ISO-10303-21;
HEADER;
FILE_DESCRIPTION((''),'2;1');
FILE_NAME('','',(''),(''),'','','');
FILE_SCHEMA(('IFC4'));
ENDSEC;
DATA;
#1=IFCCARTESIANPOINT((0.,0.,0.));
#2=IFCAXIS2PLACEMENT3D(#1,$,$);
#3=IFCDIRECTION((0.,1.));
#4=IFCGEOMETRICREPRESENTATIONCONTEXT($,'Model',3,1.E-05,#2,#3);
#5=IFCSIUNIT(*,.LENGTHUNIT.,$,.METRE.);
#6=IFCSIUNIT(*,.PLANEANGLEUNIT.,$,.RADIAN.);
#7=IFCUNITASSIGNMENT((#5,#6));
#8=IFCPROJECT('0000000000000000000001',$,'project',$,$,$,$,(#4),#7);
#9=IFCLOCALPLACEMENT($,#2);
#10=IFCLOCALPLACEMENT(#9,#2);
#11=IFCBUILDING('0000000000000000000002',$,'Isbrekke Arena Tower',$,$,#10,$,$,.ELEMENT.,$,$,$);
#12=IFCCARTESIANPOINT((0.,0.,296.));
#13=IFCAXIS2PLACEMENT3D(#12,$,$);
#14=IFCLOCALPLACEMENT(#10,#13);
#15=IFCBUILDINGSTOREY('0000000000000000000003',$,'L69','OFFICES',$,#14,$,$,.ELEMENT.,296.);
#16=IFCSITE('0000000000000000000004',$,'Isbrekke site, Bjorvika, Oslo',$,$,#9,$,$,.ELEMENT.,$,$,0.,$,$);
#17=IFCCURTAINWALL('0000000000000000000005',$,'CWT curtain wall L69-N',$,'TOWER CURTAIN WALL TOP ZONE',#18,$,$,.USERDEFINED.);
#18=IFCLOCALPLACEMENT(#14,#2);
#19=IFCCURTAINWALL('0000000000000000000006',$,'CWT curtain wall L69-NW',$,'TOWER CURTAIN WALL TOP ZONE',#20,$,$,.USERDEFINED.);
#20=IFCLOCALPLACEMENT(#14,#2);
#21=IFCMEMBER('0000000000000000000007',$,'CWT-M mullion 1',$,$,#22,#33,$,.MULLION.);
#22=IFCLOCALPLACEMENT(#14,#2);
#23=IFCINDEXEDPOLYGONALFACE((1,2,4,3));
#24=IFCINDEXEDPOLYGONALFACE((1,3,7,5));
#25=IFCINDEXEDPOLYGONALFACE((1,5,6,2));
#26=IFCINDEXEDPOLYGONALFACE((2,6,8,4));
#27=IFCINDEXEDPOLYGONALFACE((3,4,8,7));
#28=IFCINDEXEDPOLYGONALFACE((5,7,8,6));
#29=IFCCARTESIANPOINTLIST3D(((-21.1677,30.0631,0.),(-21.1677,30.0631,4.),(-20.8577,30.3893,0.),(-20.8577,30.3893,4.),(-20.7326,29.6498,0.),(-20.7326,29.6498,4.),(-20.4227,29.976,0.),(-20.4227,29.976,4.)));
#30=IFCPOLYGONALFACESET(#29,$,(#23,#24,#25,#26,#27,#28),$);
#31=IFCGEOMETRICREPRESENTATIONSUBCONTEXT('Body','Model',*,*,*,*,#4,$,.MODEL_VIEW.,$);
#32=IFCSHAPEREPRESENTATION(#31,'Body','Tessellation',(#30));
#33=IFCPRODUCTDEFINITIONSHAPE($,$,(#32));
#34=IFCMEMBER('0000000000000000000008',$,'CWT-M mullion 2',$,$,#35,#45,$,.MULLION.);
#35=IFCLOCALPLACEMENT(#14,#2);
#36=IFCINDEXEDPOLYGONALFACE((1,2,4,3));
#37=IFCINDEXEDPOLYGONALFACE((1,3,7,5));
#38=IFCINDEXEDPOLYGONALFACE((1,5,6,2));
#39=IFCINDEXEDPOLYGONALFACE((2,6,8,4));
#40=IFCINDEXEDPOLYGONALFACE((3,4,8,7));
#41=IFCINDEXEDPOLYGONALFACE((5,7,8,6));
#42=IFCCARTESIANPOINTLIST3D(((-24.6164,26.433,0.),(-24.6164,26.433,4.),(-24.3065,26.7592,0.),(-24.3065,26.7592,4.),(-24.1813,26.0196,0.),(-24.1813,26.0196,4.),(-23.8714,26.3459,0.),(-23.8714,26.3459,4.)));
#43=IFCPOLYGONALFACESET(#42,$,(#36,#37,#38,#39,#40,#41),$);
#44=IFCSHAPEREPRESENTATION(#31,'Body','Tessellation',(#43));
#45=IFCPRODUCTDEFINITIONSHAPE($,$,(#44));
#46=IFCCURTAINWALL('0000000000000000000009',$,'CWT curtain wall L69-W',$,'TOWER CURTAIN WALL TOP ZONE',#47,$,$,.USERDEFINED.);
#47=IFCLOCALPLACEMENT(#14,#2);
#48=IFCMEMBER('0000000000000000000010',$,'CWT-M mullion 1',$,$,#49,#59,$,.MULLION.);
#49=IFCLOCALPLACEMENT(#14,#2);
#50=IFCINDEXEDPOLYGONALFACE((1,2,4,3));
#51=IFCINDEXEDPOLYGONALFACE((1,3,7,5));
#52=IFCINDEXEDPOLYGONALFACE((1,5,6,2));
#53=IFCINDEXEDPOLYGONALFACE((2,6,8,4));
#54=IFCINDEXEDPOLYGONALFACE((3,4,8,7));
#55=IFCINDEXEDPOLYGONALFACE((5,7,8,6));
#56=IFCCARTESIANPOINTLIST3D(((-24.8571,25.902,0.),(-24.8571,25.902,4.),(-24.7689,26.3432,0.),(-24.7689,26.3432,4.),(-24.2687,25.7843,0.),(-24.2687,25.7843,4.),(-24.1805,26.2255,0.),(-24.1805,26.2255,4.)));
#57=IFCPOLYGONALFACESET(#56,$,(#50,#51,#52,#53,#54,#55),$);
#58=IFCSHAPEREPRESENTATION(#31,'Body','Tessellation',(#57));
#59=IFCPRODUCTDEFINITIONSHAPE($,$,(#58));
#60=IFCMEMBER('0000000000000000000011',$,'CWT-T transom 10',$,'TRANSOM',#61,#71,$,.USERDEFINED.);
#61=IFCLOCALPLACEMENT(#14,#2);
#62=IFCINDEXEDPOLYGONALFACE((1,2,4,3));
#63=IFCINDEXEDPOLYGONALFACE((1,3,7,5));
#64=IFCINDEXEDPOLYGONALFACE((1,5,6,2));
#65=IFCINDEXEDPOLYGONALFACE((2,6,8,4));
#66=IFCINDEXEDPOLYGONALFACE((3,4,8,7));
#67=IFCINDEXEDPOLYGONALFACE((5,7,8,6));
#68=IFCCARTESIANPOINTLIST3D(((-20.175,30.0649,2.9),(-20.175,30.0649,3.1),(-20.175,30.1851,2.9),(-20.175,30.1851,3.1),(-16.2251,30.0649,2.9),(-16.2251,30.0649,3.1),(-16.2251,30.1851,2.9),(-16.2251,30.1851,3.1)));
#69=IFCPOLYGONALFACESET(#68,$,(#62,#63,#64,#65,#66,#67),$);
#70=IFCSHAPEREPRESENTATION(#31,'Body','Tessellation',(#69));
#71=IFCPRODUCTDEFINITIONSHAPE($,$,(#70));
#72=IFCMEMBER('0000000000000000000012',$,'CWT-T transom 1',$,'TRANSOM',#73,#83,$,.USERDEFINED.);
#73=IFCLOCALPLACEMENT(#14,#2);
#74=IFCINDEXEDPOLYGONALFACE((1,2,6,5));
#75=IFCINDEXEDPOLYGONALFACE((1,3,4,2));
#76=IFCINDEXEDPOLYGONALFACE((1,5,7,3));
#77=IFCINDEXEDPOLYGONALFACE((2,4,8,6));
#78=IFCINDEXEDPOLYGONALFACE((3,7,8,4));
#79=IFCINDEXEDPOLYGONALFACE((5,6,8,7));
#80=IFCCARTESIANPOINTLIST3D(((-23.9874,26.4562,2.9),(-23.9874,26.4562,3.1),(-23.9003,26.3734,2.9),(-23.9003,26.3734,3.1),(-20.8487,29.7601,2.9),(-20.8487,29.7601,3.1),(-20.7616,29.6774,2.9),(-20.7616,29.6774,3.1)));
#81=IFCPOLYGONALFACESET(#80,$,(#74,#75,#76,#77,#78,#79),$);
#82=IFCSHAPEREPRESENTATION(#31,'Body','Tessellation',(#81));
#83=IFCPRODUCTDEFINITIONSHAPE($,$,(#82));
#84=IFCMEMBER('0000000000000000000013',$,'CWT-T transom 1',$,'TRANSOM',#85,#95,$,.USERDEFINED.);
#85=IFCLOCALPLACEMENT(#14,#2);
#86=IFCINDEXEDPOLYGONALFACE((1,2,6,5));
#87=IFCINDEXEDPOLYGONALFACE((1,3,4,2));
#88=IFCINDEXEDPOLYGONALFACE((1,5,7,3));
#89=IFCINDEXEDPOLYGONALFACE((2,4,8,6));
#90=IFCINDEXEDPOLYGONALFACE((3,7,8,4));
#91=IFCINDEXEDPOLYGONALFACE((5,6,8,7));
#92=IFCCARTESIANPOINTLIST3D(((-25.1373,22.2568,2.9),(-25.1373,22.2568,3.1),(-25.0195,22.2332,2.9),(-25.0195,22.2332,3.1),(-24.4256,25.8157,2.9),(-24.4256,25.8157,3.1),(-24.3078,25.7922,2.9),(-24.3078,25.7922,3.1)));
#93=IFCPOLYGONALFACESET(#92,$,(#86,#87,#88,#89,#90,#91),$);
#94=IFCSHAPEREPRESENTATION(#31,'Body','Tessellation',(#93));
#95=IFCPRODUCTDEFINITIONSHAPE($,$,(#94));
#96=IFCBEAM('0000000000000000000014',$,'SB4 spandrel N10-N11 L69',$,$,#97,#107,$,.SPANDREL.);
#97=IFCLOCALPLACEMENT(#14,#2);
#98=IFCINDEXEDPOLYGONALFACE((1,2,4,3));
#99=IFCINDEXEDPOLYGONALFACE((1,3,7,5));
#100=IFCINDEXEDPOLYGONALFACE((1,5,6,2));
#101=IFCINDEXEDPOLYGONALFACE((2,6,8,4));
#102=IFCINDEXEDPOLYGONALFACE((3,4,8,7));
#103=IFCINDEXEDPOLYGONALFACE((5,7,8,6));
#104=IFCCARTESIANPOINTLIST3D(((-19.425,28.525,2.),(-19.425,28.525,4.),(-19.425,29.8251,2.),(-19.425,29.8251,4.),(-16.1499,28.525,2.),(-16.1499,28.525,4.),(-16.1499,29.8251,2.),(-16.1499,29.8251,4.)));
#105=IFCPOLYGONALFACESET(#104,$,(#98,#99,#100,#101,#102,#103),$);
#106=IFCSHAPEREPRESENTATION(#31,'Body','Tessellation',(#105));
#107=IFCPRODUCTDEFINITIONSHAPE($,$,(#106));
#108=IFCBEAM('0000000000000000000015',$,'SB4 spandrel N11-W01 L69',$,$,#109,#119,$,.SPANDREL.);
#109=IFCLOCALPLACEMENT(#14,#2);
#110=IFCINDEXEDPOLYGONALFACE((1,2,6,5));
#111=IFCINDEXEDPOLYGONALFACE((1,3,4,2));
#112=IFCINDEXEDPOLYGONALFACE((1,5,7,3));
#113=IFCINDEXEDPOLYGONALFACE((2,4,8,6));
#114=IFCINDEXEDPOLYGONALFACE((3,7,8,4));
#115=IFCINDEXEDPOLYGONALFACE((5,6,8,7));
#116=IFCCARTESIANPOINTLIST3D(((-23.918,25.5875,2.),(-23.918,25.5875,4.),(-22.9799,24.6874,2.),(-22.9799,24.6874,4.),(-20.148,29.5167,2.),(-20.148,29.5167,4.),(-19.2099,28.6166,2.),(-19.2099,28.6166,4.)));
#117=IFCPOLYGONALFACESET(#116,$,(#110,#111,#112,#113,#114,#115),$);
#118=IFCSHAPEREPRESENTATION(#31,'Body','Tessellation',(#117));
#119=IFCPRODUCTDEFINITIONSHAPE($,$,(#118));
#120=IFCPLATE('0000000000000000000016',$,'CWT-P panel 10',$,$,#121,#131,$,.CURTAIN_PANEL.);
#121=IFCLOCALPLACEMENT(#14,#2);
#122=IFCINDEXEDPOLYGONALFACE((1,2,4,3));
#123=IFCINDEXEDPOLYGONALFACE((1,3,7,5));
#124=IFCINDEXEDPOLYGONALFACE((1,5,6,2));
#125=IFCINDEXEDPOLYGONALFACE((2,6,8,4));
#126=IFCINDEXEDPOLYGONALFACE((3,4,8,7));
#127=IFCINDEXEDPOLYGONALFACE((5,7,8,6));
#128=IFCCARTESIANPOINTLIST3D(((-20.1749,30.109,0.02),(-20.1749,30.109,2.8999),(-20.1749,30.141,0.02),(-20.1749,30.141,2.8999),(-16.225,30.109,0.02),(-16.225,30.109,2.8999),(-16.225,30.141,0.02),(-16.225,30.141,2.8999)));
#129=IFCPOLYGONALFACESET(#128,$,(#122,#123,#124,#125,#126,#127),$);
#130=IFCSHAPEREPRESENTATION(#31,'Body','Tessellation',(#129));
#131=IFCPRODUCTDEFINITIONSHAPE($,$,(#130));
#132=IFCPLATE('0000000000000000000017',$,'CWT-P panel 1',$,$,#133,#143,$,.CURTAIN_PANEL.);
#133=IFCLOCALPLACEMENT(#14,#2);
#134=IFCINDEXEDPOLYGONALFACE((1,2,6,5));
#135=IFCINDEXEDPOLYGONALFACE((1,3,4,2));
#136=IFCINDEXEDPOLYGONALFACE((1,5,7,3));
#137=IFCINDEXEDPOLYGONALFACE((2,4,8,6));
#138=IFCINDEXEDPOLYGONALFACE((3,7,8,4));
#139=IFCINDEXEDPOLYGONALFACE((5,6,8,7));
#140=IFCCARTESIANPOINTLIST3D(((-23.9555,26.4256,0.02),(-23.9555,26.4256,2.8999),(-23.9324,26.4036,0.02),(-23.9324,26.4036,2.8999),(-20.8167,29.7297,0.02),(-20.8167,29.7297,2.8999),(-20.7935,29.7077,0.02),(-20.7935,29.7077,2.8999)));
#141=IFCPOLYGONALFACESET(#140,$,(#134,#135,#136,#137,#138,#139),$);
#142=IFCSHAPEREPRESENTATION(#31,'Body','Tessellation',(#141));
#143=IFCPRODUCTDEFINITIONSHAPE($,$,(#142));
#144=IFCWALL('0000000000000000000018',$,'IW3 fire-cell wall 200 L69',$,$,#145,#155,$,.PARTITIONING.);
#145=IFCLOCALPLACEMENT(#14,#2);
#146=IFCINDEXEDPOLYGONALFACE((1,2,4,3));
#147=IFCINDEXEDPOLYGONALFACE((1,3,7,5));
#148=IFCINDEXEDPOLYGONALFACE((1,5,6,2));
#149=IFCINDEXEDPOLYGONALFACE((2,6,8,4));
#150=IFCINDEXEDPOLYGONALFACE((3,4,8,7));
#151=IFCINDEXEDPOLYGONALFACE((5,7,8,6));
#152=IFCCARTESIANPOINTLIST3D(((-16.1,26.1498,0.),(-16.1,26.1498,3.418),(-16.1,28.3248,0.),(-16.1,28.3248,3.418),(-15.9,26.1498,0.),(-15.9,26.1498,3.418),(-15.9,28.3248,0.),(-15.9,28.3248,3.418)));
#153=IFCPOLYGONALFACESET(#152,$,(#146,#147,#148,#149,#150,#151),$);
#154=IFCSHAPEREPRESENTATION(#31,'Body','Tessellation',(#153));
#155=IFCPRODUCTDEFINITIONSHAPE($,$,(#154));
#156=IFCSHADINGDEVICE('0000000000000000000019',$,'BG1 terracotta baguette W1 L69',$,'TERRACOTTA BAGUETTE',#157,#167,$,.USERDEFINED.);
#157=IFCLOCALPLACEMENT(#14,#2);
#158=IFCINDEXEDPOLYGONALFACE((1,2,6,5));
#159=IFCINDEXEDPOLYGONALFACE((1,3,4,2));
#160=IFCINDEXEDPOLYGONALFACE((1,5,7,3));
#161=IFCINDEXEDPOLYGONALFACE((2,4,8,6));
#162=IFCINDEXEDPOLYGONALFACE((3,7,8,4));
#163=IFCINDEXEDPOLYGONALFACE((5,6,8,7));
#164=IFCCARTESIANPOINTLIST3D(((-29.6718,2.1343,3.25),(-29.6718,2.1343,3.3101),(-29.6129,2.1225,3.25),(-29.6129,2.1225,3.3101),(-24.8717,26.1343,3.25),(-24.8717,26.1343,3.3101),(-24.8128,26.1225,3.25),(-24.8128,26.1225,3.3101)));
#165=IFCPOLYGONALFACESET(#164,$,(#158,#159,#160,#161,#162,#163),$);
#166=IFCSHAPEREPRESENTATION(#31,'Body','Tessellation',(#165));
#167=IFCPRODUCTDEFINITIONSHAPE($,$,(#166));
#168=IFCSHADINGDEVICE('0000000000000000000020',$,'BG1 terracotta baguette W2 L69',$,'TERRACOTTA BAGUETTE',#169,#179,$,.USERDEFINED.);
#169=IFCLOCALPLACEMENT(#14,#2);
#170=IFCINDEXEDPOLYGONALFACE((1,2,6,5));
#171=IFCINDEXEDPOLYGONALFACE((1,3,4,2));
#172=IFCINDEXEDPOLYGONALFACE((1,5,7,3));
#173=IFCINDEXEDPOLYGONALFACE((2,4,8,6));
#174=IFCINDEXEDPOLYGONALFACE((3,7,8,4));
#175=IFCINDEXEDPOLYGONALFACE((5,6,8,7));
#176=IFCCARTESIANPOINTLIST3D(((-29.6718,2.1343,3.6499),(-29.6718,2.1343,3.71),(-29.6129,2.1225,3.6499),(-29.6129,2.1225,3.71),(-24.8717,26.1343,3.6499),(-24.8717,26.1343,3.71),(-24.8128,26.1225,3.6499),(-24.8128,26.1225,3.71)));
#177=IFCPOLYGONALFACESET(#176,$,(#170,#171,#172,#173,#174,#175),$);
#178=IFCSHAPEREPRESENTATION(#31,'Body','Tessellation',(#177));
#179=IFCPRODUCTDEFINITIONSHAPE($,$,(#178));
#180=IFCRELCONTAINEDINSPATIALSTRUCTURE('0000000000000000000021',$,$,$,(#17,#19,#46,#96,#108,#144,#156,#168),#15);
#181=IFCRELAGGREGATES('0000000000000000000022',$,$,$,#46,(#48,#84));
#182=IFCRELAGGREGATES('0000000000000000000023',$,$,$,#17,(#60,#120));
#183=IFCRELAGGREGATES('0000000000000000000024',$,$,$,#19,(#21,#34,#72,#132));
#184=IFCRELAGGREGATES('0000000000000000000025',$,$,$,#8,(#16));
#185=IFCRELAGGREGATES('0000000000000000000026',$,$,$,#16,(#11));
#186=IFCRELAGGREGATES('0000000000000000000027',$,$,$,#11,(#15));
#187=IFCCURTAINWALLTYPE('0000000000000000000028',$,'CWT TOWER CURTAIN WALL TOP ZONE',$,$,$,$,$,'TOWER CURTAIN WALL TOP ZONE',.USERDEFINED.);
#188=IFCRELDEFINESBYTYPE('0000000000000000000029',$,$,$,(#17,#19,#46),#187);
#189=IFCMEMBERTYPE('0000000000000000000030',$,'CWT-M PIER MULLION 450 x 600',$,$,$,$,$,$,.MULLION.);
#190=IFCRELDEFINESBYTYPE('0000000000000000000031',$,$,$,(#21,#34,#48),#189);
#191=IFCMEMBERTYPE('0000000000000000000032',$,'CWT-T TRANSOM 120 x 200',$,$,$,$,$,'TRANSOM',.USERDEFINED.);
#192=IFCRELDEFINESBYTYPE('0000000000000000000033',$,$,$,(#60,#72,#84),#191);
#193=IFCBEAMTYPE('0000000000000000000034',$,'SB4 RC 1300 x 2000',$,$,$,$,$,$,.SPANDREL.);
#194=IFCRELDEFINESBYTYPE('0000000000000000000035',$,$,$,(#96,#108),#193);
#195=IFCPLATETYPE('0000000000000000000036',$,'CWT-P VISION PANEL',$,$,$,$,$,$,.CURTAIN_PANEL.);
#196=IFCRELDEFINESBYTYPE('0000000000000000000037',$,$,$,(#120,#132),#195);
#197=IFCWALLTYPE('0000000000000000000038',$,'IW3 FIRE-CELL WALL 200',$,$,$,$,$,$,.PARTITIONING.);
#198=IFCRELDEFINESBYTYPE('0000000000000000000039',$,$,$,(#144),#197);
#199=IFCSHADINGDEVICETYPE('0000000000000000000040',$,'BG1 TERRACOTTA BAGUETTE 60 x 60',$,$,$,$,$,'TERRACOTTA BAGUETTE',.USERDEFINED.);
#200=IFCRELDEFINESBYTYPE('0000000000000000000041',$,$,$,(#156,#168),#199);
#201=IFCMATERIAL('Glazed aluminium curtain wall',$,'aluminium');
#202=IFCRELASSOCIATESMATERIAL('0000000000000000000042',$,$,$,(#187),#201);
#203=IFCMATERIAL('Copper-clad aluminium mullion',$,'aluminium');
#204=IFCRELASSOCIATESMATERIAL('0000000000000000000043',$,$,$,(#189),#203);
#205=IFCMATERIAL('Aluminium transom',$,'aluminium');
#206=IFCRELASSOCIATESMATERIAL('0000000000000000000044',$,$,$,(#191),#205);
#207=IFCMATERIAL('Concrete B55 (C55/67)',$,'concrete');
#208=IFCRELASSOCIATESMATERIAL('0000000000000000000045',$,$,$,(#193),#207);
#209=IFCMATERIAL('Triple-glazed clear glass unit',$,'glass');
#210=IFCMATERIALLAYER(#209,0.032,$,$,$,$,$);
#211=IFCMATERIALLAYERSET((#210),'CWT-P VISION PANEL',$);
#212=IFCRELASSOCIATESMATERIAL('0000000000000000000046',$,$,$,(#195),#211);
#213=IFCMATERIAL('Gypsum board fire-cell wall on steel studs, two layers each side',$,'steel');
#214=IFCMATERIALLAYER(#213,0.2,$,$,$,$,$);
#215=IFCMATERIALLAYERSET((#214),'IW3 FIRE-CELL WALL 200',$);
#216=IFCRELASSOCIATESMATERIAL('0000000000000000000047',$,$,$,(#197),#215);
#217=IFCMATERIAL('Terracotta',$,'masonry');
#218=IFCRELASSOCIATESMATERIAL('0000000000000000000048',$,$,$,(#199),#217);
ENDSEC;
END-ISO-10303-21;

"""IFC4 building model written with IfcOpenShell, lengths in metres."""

from ifc_helpers import new_model, si_unit, direction, frame, frame_2d, origin, origin_2d, place, context, subcontext, project, spatial, rectangle, extrude, material, layer, layer_set, material_profile, profile_set, type_object, element, aggregate, save


model = new_model("IFC4")

# Units and contexts
model_context = context("Model", 3, precision=1e-05, world=origin(), true_north=direction((0.0, 1.0)))
body_context = subcontext(model_context, "Body", "Model", "MODEL_VIEW")
ifc_project = project(units=[si_unit("LENGTHUNIT", "METRE"), si_unit("PLANEANGLEUNIT", "RADIAN")], contexts=[model_context])

# Site, building, storey
site_placement = place(None, origin())
site = spatial("IfcSite", under=ifc_project, at=site_placement, Name="Isbrekke site, Bjorvika, Oslo", CompositionType="ELEMENT", RefElevation=0.0)
building_placement = place(site_placement, origin())
building = spatial("IfcBuilding", under=site, at=building_placement, Name="Isbrekke Arena Tower", CompositionType="ELEMENT")
storey_placement = place(building_placement, frame((0.0, 0.0, 296.0)))
storey = spatial("IfcBuildingStorey", under=building, at=storey_placement, Name="L69", Description="OFFICES", CompositionType="ELEMENT", Elevation=296.0)

# Curtain wall
ifc_material_1 = material(Name="Glazed aluminium curtain wall", Category="aluminium")
curtain_wall_type = type_object("IfcCurtainWallType", Name="CWT TOWER CURTAIN WALL TOP ZONE", ElementType="TOWER CURTAIN WALL TOP ZONE", PredefinedType="USERDEFINED", material=ifc_material_1)
curtain_wall_1_placement = place(storey_placement, origin())
curtain_wall_1 = element("IfcCurtainWall", 1, at=curtain_wall_1_placement, inside=storey, type_object=curtain_wall_type, Name="CWT curtain wall L69-N", ObjectType="TOWER CURTAIN WALL TOP ZONE", PredefinedType="USERDEFINED")
ifc_material_2 = material(Name="Copper-clad aluminium mullion", Category="aluminium")
ifc_material_profile_1 = material_profile(ifc_material_2, rectangle(XDim=0.45, YDim=0.6001, at=origin_2d()), Name="PIER 450X600")
ifc_profile_set_1 = profile_set([ifc_material_profile_1], Name="Copper-clad aluminium mullion")
member_type_1 = type_object("IfcMemberType", Name="CWT-M PIER MULLION 450 x 600", PredefinedType="MULLION", material=ifc_profile_set_1)

# Curtain wall, members
curtain_wall_2_placement = place(storey_placement, origin())
curtain_wall_2 = element("IfcCurtainWall", 2, at=curtain_wall_2_placement, inside=storey, type_object=curtain_wall_type, Name="CWT curtain wall L69-NW", ObjectType="TOWER CURTAIN WALL TOP ZONE", PredefinedType="USERDEFINED")
member_1_placement = place(storey_placement, frame((-20.7952, 30.0195, 0.0), z_axis=(0.0, 0.0, 1.0), x_axis=(-0.688749, -0.724999, 0.0)))
member_1 = element("IfcMember", 3, at=member_1_placement, type_object=member_type_1, Name="CWT-M mullion 1", PredefinedType="MULLION", context=body_context, shape_type="SweptSolid", body=[
    extrude(rectangle(XDim=0.45, YDim=0.6001, at=origin_2d()), origin(), (0.0, 0.0, 1.0), 4.0),
])
member_2_placement = place(storey_placement, frame((-24.2439, 26.3894, 0.0), z_axis=(0.0, 0.0, 1.0), x_axis=(-0.688749, -0.724999, 0.0)))
member_2 = element("IfcMember", 4, at=member_2_placement, type_object=member_type_1, Name="CWT-M mullion 2", PredefinedType="MULLION", context=body_context, shape_type="SweptSolid", body=[
    extrude(rectangle(XDim=0.45, YDim=0.6001, at=origin_2d()), origin(), (0.0, 0.0, 1.0), 4.0),
])

# Curtain wall, member
curtain_wall_3_placement = place(storey_placement, origin())
curtain_wall_3 = element("IfcCurtainWall", 5, at=curtain_wall_3_placement, inside=storey, type_object=curtain_wall_type, Name="CWT curtain wall L69-W", ObjectType="TOWER CURTAIN WALL TOP ZONE", PredefinedType="USERDEFINED")
member_3_placement = place(storey_placement, frame((-24.5188, 26.0637, 0.0), z_axis=(0.0, 0.0, 1.0), x_axis=(-0.196116, -0.980581, 0.0)))
member_3 = element("IfcMember", 6, at=member_3_placement, type_object=member_type_1, Name="CWT-M mullion 1", PredefinedType="MULLION", context=body_context, shape_type="SweptSolid", body=[
    extrude(rectangle(XDim=0.45, YDim=0.6001, at=origin_2d()), origin(), (0.0, 0.0, 1.0), 4.0),
])

# Members
ifc_material_3 = material(Name="Aluminium transom", Category="aluminium")
ifc_material_profile_2 = material_profile(ifc_material_3, rectangle(XDim=0.1201, YDim=0.2, at=origin_2d()), Name="TRANSOM 120X200")
ifc_profile_set_2 = profile_set([ifc_material_profile_2], Name="Aluminium transom")
member_type_2 = type_object("IfcMemberType", Name="CWT-T TRANSOM 120 x 200", ElementType="TRANSOM", PredefinedType="USERDEFINED", material=ifc_profile_set_2)
member_4_placement = place(storey_placement, frame((-16.2251, 30.125, 3.0), z_axis=(-1.0, 0.0, 0.0), x_axis=(0.0, -1.0, 0.0)))
member_4 = element("IfcMember", 7, at=member_4_placement, type_object=member_type_2, Name="CWT-T transom 10", ObjectType="TRANSOM", PredefinedType="USERDEFINED", context=body_context, shape_type="SweptSolid", body=[
    extrude(rectangle(XDim=0.1201, YDim=0.2, at=origin_2d()), origin(), (0.0, 0.0, 1.0), 3.95),
])
member_5_placement = place(storey_placement, frame((-20.8052, 29.7188, 3.0), z_axis=(-0.68874, -0.725009, 0.0), x_axis=(0.725009, -0.68874, 0.0)))
member_5 = element("IfcMember", 8, at=member_5_placement, type_object=member_type_2, Name="CWT-T transom 1", ObjectType="TRANSOM", PredefinedType="USERDEFINED", context=body_context, shape_type="SweptSolid", body=[
    extrude(rectangle(XDim=0.1201, YDim=0.2, at=origin_2d()), origin(), (0.0, 0.0, 1.0), 4.5571),
])
member_6_placement = place(storey_placement, frame((-24.3667, 25.804, 3.0), z_axis=(-0.19609, -0.980586, 0.0), x_axis=(0.980586, -0.19609, 0.0)))
member_6 = element("IfcMember", 9, at=member_6_placement, type_object=member_type_2, Name="CWT-T transom 1", ObjectType="TRANSOM", PredefinedType="USERDEFINED", context=body_context, shape_type="SweptSolid", body=[
    extrude(rectangle(XDim=0.1201, YDim=0.2, at=origin_2d()), origin(), (0.0, 0.0, 1.0), 3.6294),
])
aggregate(curtain_wall_3, [member_3, member_6])

# Beams
ifc_material_4 = material(Name="Concrete B55 (C55/67)", Category="concrete")
ifc_material_profile_3 = material_profile(ifc_material_4, rectangle(XDim=1.3, YDim=2.0, at=origin_2d()), Name="RC 1300x2000")
ifc_profile_set_3 = profile_set([ifc_material_profile_3], Name="Concrete B55 (C55/67)")
beam_type_1 = type_object("IfcBeamType", Name="SB4 RC 1300 x 2000", PredefinedType="SPANDREL", material=ifc_profile_set_3)
beam_1_placement = place(storey_placement, frame((-16.1499, 29.175, 3.0), z_axis=(-1.0, 0.0, 0.0), x_axis=(0.0, -1.0, 0.0)))
element("IfcBeam", 10, at=beam_1_placement, inside=storey, type_object=beam_type_1, Name="SB4 spandrel N10-N11 L69", PredefinedType="SPANDREL", context=body_context, shape_type="SweptSolid", body=[
    extrude(rectangle(XDim=1.3, YDim=2.0, at=origin_2d()), origin(), (0.0, 0.0, 1.0), 3.2751),
])
beam_2_placement = place(storey_placement, frame((-19.679, 29.0667, 3.0), z_axis=(-0.69234, -0.721572, 0.0), x_axis=(0.721572, -0.69234, 0.0)))
element("IfcBeam", 11, at=beam_2_placement, inside=storey, type_object=beam_type_1, Name="SB4 spandrel N11-W01 L69", PredefinedType="SPANDREL", context=body_context, shape_type="SweptSolid", body=[
    extrude(rectangle(XDim=1.3, YDim=2.0, at=origin_2d()), origin(), (0.0, 0.0, 1.0), 5.4453),
])

# Plates
ifc_material_5 = material(Name="Triple-glazed clear glass unit", Category="glass")
ifc_layer_1 = layer(ifc_material_5, 0.032)
ifc_layer_set_1 = layer_set([ifc_layer_1], Name="CWT-P VISION PANEL")
plate_type = type_object("IfcPlateType", Name="CWT-P VISION PANEL", PredefinedType="CURTAIN_PANEL", material=ifc_layer_set_1)
plate_1_placement = place(storey_placement, frame((-18.2, 30.125, 0.02), z_axis=(0.0, 0.0, 1.0), x_axis=(-1.0, 0.0, 0.0)))
plate_1 = element("IfcPlate", 12, at=plate_1_placement, type_object=plate_type, Name="CWT-P panel 10", PredefinedType="CURTAIN_PANEL", context=body_context, shape_type="SweptSolid", body=[
    extrude(rectangle(XDim=3.95, YDim=0.032, at=origin_2d()), origin(), (0.0, 0.0, 1.0), 2.8799),
])
aggregate(curtain_wall_1, [member_4, plate_1])
plate_2_placement = place(storey_placement, frame((-22.3745, 28.0667, 0.02), z_axis=(0.0, 0.0, 1.0), x_axis=(-0.688749, -0.724999, 0.0)))
plate_2 = element("IfcPlate", 13, at=plate_2_placement, type_object=plate_type, Name="CWT-P panel 1", PredefinedType="CURTAIN_PANEL", context=body_context, shape_type="SweptSolid", body=[
    extrude(rectangle(XDim=4.5574, YDim=0.032, at=origin_2d()), origin(), (0.0, 0.0, 1.0), 2.8799),
])
aggregate(curtain_wall_2, [member_1, member_2, member_5, plate_2])

# Shared definitions
ifc_material_6 = material(Name="Gypsum board fire-cell wall on steel studs, two layers each side", Category="steel")
ifc_layer_2 = layer(ifc_material_6, 0.2)
ifc_layer_set_2 = layer_set([ifc_layer_2], Name="IW3 FIRE-CELL WALL 200")
wall_type = type_object("IfcWallType", Name="IW3 FIRE-CELL WALL 200", PredefinedType="PARTITIONING", material=ifc_layer_set_2)

# Wall
wall_1_placement = place(storey_placement, frame((-16.0, 26.1499, 0.0), z_axis=(0.0, 0.0, 1.0), x_axis=(0.0, 1.0, 0.0)))
element("IfcWall", 14, at=wall_1_placement, inside=storey, type_object=wall_type, Name="IW3 fire-cell wall 200 L69", PredefinedType="PARTITIONING", context=body_context, shape_type="SweptSolid", body=[
    extrude(rectangle(XDim=2.175, YDim=0.2, at=frame_2d((1.0874, 0.0))), origin(), (0.0, 0.0, 1.0), 3.418),
])

# Shading devices
ifc_material_7 = material(Name="Terracotta", Category="masonry")
ifc_material_profile_4 = material_profile(ifc_material_7, rectangle(XDim=0.0601, YDim=0.0601, at=origin_2d()), Name="BAGUETTE 60X60")
ifc_profile_set_4 = profile_set([ifc_material_profile_4], Name="Terracotta")
shading_device_type = type_object("IfcShadingDeviceType", Name="BG1 TERRACOTTA BAGUETTE 60 x 60", ElementType="TERRACOTTA BAGUETTE", PredefinedType="USERDEFINED", material=ifc_profile_set_4)
for number, where, z_axis, x_axis, name in (
    (15, (-24.8423, 26.1284, 3.28), (-0.196118, -0.98058, 0.0), (0.98058, -0.196118, 0.0), "BG1 terracotta baguette W1 L69"),
    (16, (-24.8423, 26.1284, 3.6799), (-0.196118, -0.98058, 0.0), (0.98058, -0.196118, 0.0), "BG1 terracotta baguette W2 L69"),
):
    element("IfcShadingDevice", number, at=place(storey_placement, frame(where, z_axis=z_axis, x_axis=x_axis)), inside=storey, type_object=shading_device_type, Name=name, ObjectType="TERRACOTTA BAGUETTE", PredefinedType="USERDEFINED", context=body_context, shape_type="SweptSolid", body=[
        extrude(rectangle(XDim=0.0601, YDim=0.0601, at=origin_2d()), origin(), (0.0, 0.0, 1.0), 24.4753),
    ])

save(model, "model.ifc")
